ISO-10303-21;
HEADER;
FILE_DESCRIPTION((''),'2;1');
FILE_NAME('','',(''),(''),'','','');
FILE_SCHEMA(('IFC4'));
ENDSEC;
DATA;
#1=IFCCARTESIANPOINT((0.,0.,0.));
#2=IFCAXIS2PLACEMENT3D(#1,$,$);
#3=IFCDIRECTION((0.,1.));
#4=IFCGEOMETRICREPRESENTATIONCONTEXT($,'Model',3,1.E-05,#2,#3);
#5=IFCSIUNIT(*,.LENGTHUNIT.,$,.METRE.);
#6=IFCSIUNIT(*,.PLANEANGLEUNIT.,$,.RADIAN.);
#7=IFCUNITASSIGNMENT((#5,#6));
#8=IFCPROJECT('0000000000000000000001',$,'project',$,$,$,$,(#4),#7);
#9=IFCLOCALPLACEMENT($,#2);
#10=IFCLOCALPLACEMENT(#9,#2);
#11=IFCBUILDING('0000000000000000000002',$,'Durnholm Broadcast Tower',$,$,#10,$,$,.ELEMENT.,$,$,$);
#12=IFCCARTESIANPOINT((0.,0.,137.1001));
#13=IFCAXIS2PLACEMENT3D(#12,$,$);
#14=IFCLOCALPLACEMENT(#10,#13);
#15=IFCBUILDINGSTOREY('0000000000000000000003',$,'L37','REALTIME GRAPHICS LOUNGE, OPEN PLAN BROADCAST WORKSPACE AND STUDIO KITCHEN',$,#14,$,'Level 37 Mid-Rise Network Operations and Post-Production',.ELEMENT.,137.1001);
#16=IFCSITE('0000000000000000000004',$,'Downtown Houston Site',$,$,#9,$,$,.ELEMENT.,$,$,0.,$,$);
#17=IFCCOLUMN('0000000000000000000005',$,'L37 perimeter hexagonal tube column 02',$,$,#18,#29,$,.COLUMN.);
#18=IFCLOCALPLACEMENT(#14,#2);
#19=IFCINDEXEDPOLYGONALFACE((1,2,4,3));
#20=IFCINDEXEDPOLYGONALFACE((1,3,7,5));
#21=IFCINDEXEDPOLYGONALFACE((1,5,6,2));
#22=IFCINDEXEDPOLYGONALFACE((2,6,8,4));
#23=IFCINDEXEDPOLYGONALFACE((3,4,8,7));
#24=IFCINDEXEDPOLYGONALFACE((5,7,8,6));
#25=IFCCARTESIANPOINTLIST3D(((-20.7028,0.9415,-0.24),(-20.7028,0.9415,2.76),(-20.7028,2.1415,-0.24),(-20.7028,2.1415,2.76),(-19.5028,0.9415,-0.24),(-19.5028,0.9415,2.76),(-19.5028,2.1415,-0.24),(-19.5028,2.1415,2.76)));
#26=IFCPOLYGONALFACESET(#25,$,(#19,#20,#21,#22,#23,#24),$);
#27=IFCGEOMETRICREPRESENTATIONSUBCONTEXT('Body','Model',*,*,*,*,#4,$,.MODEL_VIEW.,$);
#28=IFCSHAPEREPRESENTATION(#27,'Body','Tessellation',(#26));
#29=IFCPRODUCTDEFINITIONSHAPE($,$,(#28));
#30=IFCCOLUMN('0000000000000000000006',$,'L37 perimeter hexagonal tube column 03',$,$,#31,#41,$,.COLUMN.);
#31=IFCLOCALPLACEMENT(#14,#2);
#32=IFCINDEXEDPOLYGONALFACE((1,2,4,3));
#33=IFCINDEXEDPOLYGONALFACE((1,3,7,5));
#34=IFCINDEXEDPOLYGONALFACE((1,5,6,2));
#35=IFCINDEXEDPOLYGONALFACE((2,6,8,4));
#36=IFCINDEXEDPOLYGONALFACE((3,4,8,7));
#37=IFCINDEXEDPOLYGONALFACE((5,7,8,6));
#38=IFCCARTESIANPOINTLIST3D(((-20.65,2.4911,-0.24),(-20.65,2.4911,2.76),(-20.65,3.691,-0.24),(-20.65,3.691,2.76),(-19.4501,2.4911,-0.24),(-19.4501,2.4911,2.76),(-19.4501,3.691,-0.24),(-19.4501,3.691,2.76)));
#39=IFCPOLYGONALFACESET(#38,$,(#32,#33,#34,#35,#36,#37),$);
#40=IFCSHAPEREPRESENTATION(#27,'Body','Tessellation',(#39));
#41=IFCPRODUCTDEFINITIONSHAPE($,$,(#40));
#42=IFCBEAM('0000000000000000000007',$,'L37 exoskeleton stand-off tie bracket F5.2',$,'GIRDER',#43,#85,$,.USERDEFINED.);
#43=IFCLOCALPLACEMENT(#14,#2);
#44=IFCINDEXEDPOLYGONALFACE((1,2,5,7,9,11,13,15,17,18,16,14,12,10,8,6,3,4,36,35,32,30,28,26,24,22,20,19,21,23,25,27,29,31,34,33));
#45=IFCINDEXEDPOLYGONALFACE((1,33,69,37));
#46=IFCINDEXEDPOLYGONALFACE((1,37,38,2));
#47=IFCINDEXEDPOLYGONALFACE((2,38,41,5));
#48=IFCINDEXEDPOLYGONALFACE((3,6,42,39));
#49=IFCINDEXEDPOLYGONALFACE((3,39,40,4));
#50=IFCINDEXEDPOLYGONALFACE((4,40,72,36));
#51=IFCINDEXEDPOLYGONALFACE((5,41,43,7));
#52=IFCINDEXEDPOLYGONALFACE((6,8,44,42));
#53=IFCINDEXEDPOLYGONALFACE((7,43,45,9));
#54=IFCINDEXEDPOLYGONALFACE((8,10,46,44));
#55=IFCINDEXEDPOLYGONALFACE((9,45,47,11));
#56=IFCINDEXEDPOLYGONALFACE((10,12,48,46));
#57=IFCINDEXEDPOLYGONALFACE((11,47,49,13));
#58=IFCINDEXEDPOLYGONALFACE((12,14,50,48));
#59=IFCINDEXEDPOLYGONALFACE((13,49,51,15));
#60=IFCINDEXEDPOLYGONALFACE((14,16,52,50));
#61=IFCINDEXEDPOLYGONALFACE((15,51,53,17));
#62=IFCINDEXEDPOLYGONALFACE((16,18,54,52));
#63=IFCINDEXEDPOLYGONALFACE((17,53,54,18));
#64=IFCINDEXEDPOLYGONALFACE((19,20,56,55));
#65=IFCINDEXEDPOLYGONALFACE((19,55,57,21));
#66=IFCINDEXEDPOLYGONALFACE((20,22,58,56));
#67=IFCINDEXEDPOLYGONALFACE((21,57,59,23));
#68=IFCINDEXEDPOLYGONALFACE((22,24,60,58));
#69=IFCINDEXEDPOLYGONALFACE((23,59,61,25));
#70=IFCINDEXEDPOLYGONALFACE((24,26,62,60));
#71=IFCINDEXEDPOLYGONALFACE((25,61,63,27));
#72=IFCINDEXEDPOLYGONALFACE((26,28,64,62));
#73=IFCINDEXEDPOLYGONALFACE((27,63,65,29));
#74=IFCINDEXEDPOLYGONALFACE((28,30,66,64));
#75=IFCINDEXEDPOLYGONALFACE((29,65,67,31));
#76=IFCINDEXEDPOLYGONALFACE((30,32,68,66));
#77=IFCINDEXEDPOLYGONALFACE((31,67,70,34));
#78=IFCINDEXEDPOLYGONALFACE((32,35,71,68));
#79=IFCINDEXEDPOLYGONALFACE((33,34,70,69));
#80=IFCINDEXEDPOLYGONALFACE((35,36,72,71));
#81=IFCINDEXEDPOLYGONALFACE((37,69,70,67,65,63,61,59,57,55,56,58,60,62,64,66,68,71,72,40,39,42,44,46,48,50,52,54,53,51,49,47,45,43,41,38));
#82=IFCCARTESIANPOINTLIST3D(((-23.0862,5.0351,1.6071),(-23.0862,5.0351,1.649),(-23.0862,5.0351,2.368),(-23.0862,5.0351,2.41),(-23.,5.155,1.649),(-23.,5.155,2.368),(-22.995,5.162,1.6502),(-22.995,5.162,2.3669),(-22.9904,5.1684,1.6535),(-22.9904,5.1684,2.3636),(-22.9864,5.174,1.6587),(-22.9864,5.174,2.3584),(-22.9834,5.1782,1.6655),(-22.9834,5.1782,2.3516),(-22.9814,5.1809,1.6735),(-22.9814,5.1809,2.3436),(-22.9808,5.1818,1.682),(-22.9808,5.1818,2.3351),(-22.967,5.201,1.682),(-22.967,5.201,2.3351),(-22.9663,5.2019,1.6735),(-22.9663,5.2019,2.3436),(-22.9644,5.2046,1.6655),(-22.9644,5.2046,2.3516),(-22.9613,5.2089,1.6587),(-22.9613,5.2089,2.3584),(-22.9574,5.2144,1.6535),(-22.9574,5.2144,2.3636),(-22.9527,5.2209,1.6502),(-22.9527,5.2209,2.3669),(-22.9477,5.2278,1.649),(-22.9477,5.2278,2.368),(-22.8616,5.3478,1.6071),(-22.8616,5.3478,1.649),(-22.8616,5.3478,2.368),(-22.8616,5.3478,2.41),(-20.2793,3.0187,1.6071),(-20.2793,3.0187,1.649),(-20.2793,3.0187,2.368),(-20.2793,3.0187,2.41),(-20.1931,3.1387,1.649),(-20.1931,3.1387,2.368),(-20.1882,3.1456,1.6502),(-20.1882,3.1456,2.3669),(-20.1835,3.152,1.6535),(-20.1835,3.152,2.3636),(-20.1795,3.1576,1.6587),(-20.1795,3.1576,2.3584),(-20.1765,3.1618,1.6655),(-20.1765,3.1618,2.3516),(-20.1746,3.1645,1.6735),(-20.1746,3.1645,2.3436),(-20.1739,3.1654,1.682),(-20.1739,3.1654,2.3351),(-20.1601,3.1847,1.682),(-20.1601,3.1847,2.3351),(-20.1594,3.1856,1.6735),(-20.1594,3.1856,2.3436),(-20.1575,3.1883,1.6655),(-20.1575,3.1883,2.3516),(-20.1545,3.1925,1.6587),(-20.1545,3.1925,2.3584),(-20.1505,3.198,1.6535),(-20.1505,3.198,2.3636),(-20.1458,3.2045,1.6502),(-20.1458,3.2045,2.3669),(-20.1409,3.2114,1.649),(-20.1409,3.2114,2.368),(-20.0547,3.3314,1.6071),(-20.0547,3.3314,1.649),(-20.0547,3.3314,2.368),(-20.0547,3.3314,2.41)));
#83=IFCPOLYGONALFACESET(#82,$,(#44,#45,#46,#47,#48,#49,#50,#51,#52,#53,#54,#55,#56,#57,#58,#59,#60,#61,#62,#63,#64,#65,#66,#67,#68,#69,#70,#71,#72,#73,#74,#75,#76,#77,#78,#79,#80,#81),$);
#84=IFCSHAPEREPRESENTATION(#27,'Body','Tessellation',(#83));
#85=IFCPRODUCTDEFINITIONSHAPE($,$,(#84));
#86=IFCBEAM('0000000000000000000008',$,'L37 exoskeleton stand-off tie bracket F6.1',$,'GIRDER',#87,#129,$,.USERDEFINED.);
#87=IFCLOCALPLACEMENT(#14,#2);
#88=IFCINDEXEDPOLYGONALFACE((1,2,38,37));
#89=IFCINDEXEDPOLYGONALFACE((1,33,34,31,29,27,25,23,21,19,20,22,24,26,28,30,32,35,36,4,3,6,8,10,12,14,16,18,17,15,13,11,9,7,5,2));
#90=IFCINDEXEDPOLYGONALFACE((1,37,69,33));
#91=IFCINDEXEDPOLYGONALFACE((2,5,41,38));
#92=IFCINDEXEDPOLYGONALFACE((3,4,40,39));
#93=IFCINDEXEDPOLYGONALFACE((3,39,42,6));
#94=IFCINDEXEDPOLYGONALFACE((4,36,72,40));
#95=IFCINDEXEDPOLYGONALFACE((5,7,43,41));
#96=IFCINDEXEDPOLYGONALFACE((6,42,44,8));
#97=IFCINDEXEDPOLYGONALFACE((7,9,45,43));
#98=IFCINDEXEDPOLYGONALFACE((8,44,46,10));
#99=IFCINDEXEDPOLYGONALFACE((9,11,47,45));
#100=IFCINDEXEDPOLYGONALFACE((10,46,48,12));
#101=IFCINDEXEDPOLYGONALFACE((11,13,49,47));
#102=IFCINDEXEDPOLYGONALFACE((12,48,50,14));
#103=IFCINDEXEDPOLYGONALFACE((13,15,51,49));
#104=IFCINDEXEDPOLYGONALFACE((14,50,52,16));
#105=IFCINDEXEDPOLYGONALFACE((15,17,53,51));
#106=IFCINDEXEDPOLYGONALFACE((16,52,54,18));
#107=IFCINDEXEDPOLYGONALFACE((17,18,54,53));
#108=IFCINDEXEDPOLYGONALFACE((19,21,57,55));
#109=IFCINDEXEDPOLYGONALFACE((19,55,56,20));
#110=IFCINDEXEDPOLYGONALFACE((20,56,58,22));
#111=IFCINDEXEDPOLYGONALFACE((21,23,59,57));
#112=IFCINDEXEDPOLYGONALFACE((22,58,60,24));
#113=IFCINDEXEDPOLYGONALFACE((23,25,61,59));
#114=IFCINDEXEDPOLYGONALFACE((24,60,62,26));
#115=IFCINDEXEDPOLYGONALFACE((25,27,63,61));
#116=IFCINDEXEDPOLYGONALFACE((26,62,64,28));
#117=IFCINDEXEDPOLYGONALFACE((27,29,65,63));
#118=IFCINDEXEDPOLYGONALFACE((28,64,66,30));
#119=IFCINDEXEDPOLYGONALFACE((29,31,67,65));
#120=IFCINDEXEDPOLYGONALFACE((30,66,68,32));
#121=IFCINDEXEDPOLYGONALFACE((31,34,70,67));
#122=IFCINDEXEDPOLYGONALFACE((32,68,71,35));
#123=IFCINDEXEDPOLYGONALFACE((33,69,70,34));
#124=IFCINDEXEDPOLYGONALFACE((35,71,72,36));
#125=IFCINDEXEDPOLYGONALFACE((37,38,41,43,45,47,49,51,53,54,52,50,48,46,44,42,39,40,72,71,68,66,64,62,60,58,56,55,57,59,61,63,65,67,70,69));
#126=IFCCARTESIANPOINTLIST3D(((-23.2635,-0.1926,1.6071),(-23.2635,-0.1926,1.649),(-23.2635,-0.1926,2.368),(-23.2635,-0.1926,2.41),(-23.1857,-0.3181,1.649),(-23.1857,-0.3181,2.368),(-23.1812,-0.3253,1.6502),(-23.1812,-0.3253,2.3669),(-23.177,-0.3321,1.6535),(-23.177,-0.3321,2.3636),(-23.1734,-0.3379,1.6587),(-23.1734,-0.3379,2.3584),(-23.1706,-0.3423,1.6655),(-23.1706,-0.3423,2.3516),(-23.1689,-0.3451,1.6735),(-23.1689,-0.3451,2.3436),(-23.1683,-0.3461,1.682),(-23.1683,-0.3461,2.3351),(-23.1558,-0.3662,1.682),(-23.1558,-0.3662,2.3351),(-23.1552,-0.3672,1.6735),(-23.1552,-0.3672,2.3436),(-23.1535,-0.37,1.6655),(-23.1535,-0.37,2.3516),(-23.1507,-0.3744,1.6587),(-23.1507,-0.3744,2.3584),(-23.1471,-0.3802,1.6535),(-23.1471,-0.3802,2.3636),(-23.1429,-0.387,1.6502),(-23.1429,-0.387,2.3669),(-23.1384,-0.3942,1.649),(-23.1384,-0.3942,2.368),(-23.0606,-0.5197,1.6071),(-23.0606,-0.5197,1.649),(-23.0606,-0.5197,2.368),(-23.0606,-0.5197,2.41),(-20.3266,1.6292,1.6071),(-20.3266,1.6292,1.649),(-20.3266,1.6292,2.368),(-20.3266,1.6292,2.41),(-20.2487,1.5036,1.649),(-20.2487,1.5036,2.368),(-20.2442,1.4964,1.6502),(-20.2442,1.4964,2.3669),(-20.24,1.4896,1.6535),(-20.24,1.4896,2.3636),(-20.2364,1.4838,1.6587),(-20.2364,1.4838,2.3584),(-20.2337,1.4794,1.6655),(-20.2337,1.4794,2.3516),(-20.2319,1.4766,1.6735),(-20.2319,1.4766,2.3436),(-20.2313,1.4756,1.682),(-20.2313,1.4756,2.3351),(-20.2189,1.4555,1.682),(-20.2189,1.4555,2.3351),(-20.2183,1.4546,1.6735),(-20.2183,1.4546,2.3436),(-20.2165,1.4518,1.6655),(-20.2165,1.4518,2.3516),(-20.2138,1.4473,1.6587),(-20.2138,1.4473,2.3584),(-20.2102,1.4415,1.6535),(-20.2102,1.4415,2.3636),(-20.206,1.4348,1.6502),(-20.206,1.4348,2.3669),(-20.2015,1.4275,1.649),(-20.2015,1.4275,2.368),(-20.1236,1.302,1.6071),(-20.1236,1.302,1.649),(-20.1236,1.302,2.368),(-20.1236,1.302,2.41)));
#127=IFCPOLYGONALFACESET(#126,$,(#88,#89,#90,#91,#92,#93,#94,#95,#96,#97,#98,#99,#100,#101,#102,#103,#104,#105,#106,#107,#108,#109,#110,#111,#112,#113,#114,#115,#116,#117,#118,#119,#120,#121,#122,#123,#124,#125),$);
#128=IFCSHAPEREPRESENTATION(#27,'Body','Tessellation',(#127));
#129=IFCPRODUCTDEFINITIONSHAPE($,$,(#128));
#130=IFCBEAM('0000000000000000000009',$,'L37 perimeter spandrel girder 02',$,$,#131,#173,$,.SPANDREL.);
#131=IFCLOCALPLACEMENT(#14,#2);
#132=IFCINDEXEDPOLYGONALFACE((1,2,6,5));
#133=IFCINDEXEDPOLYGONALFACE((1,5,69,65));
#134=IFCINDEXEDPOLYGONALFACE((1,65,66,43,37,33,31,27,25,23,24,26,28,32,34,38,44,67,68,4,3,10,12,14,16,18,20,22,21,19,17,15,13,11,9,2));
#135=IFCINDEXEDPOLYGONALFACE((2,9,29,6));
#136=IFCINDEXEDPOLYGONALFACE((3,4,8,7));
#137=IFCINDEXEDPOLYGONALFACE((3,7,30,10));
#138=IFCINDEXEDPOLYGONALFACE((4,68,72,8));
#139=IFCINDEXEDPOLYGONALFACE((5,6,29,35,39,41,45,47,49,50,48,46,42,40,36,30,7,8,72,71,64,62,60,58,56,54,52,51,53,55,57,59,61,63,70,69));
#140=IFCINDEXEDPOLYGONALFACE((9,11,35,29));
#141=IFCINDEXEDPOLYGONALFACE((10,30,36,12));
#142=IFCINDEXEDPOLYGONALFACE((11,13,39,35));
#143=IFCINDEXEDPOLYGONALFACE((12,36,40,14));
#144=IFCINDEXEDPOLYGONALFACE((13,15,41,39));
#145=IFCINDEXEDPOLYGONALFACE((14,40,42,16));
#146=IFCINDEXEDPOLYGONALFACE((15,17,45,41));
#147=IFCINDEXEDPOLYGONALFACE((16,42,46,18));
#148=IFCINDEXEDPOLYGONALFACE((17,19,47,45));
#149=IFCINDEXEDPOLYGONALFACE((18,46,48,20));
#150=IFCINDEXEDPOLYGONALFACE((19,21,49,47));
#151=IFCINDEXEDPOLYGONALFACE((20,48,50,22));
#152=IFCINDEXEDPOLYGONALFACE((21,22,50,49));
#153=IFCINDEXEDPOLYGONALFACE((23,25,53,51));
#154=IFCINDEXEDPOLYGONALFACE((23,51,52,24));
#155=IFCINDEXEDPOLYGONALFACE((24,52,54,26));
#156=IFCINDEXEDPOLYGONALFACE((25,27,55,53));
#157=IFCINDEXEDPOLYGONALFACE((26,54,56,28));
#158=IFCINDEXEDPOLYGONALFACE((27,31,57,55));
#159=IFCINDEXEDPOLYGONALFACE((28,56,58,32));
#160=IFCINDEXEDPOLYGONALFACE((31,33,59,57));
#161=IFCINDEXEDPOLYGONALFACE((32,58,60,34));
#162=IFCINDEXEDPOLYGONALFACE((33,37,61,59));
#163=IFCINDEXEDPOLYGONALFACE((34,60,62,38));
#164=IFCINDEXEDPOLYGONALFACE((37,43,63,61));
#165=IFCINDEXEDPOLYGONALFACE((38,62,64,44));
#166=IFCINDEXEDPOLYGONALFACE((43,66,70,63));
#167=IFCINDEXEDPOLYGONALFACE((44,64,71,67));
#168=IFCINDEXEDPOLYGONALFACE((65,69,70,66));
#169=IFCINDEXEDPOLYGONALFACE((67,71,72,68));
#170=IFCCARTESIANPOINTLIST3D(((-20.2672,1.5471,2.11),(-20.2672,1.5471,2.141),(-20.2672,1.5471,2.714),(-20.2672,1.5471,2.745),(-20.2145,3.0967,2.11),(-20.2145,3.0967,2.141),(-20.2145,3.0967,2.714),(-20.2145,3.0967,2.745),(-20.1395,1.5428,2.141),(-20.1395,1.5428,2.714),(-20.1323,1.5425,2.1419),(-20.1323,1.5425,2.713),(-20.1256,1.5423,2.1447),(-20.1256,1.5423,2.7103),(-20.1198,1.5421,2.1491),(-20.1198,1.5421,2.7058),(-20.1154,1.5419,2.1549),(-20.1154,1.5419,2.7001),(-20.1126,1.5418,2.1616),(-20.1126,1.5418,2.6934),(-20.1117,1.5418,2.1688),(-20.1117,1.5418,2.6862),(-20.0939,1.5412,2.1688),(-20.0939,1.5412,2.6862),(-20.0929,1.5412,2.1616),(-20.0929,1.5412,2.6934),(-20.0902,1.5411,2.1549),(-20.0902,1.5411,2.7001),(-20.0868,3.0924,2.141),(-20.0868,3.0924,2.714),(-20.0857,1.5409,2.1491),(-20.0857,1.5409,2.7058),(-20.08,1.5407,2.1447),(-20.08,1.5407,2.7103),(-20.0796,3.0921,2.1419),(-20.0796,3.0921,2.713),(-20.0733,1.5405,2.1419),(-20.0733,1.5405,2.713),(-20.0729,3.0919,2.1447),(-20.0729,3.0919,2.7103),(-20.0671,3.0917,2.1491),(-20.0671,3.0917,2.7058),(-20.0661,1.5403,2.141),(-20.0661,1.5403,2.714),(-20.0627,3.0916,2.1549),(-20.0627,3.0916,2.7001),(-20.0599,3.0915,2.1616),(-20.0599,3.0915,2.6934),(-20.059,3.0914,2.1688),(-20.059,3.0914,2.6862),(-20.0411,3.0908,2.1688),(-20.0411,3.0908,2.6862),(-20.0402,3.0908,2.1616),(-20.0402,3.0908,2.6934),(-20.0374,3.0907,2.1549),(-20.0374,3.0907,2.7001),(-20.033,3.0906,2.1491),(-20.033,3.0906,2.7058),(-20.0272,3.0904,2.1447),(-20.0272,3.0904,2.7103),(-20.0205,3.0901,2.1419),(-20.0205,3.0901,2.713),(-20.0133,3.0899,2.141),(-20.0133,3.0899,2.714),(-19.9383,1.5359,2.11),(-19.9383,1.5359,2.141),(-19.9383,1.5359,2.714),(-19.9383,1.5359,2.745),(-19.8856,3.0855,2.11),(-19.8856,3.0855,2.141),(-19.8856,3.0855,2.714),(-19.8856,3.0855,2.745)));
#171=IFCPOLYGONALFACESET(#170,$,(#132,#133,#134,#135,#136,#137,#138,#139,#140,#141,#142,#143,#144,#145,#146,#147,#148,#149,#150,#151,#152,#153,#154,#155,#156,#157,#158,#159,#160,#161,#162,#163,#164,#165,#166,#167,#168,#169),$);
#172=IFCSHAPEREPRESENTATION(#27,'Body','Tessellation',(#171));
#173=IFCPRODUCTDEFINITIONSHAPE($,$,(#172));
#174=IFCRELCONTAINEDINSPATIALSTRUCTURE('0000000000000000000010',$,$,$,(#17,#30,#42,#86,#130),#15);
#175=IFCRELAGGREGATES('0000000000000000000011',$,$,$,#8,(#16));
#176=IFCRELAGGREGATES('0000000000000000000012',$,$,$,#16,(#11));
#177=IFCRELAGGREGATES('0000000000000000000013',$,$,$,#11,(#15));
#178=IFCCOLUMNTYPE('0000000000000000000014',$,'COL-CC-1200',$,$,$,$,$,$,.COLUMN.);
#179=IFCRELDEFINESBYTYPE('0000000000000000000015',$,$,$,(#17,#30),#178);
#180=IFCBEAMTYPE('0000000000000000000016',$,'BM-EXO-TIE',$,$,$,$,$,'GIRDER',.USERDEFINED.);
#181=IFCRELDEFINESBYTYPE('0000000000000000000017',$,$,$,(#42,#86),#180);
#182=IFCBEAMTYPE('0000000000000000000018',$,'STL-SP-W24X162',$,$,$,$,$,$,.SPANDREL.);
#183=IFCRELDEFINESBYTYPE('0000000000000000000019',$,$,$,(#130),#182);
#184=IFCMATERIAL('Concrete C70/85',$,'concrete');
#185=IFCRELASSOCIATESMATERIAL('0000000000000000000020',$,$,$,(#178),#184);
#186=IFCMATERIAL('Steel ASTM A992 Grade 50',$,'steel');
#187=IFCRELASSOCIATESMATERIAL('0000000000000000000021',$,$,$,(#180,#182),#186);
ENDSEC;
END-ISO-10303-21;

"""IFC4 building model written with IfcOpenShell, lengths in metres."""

from ifc_helpers import new_model, si_unit, direction, frame, origin, origin_2d, place, context, subcontext, project, spatial, rectangle, i_section, extrude, source, transform, mapped, material, material_profile, profile_set, type_object, type_shapes, element, save


model = new_model("IFC4")

# Units and contexts
model_context = context("Model", 3, precision=1e-05, world=origin(), true_north=direction((0.0, 1.0)))
body_context = subcontext(model_context, "Body", "Model", "MODEL_VIEW")
ifc_project = project(units=[si_unit("LENGTHUNIT", "METRE"), si_unit("PLANEANGLEUNIT", "RADIAN")], contexts=[model_context])

# Site, building, storey
site_placement = place(None, origin())
site = spatial("IfcSite", under=ifc_project, at=site_placement, Name="Downtown Houston Site", CompositionType="ELEMENT", RefElevation=0.0)
building_placement = place(site_placement, origin())
building = spatial("IfcBuilding", under=site, at=building_placement, Name="Durnholm Broadcast Tower", CompositionType="ELEMENT")
storey_placement = place(building_placement, frame((0.0, 0.0, 137.1001)))
storey = spatial("IfcBuildingStorey", under=building, at=storey_placement, Name="L37", Description="REALTIME GRAPHICS LOUNGE, OPEN PLAN BROADCAST WORKSPACE AND STUDIO KITCHEN", LongName="Level 37 Mid-Rise Network Operations and Post-Production", CompositionType="ELEMENT", Elevation=137.1001)

# Columns
ifc_material_1 = material(Name="Concrete C70/85", Category="concrete")
ifc_material_profile_1 = material_profile(ifc_material_1, rectangle(XDim=1.2, YDim=1.2, at=origin_2d()), Name="RC1200X1200")
ifc_profile_set_1 = profile_set([ifc_material_profile_1], Name="Concrete C70/85")
column_type = type_object("IfcColumnType", Name="COL-CC-1200", PredefinedType="COLUMN", material=ifc_profile_set_1)
shared_shape_1 = source(origin(), body_context, "Body", "SweptSolid", [
    extrude(rectangle(XDim=1.2, YDim=1.2, at=origin_2d()), origin(), (0.0, 0.0, 1.0), 3.0),
])
type_shapes(column_type, [shared_shape_1])
for number, where, z_axis, x_axis, name in (
    (1, (-20.1028, 1.5415, -0.24), (0.0, 0.0, 1.0), (1.0, 0.0, 0.0), "L37 perimeter hexagonal tube column 02"),
    (2, (-20.05, 3.0911, -0.24), (0.0, 0.0, 1.0), (1.0, 0.0, 0.0), "L37 perimeter hexagonal tube column 03"),
):
    element("IfcColumn", number, at=place(storey_placement, frame(where, z_axis=z_axis, x_axis=x_axis)), inside=storey, type_object=column_type, Name=name, PredefinedType="COLUMN", context=body_context, shape_type="MappedRepresentation", body=[
        mapped(shared_shape_1, transform((0.0, 0.0, 0.0), x_axis=(1.0, 0.0, 0.0), y_axis=(0.0, 1.0, 0.0), z_axis=(0.0, 0.0, 1.0), scale=1.0)),
    ])

# Beams
ifc_material_2 = material(Name="Steel ASTM A992 Grade 50", Category="steel")
ifc_material_profile_2 = material_profile(ifc_material_2, i_section(OverallWidth=0.385, OverallDepth=0.803, WebThickness=0.0237, FlangeThickness=0.042, FilletRadius=0.033, at=origin_2d()), Name="W30X261")
ifc_profile_set_2 = profile_set([ifc_material_profile_2], Name="Steel ASTM A992 Grade 50")
beam_type_1 = type_object("IfcBeamType", Name="BM-EXO-TIE", ElementType="GIRDER", PredefinedType="USERDEFINED", material=ifc_profile_set_2)
shared_shape_2 = source(origin(), body_context, "Body", "SweptSolid", [
    extrude(i_section(OverallWidth=0.385, OverallDepth=0.803, WebThickness=0.0237, FlangeThickness=0.042, FilletRadius=0.033, at=origin_2d()), origin(), (0.0, 0.0, 1.0), 3.4561),
])
type_shapes(beam_type_1, [shared_shape_2])
for number, where, z_axis, x_axis, name in (
    (3, (-20.167, 3.175, 2.0085), (-0.812165, 0.583428, 0.0), (-0.583428, -0.812165, 0.0), "L37 exoskeleton stand-off tie bracket F5.2"),
    (4, (-20.2251, 1.4656, 2.0085), (-0.849795, -0.527113, 0.0), (0.527113, -0.849795, 0.0), "L37 exoskeleton stand-off tie bracket F6.1"),
):
    element("IfcBeam", number, at=place(storey_placement, frame(where, z_axis=z_axis, x_axis=x_axis)), inside=storey, type_object=beam_type_1, Name=name, ObjectType="GIRDER", PredefinedType="USERDEFINED", context=body_context, shape_type="MappedRepresentation", body=[
        mapped(shared_shape_2, transform((0.0, 0.0, 0.0), x_axis=(1.0, 0.0, 0.0), y_axis=(0.0, 1.0, 0.0), z_axis=(0.0, 0.0, 1.0), scale=1.0)),
    ])
ifc_material_profile_3 = material_profile(ifc_material_2, i_section(OverallWidth=0.3291, OverallDepth=0.635, WebThickness=0.0178, FlangeThickness=0.031, FilletRadius=0.0278, at=origin_2d()), Name="W24X162")
ifc_profile_set_3 = profile_set([ifc_material_profile_3], Name="Steel ASTM A992 Grade 50")
beam_type_2 = type_object("IfcBeamType", Name="STL-SP-W24X162", PredefinedType="SPANDREL", material=ifc_profile_set_3)
shared_shape_3 = source(origin(), body_context, "Body", "SweptSolid", [
    extrude(i_section(OverallWidth=0.3291, OverallDepth=0.635, WebThickness=0.0178, FlangeThickness=0.031, FilletRadius=0.0278, at=origin_2d()), origin(), (0.0, 0.0, 1.0), 1.5505),
])
beam_1_placement = place(storey_placement, frame((-20.1028, 1.5415, 2.4275), z_axis=(0.034012, 0.999421, 0.0), x_axis=(-0.999421, 0.034012, 0.0)))
element("IfcBeam", 5, at=beam_1_placement, inside=storey, type_object=beam_type_2, Name="L37 perimeter spandrel girder 02", PredefinedType="SPANDREL", context=body_context, shape_type="MappedRepresentation", body=[
    mapped(shared_shape_3, transform((0.0, 0.0, 0.0), x_axis=(1.0, 0.0, 0.0), y_axis=(0.0, 1.0, 0.0), z_axis=(0.0, 0.0, 1.0), scale=1.0)),
])

save(model, "model.ifc")
